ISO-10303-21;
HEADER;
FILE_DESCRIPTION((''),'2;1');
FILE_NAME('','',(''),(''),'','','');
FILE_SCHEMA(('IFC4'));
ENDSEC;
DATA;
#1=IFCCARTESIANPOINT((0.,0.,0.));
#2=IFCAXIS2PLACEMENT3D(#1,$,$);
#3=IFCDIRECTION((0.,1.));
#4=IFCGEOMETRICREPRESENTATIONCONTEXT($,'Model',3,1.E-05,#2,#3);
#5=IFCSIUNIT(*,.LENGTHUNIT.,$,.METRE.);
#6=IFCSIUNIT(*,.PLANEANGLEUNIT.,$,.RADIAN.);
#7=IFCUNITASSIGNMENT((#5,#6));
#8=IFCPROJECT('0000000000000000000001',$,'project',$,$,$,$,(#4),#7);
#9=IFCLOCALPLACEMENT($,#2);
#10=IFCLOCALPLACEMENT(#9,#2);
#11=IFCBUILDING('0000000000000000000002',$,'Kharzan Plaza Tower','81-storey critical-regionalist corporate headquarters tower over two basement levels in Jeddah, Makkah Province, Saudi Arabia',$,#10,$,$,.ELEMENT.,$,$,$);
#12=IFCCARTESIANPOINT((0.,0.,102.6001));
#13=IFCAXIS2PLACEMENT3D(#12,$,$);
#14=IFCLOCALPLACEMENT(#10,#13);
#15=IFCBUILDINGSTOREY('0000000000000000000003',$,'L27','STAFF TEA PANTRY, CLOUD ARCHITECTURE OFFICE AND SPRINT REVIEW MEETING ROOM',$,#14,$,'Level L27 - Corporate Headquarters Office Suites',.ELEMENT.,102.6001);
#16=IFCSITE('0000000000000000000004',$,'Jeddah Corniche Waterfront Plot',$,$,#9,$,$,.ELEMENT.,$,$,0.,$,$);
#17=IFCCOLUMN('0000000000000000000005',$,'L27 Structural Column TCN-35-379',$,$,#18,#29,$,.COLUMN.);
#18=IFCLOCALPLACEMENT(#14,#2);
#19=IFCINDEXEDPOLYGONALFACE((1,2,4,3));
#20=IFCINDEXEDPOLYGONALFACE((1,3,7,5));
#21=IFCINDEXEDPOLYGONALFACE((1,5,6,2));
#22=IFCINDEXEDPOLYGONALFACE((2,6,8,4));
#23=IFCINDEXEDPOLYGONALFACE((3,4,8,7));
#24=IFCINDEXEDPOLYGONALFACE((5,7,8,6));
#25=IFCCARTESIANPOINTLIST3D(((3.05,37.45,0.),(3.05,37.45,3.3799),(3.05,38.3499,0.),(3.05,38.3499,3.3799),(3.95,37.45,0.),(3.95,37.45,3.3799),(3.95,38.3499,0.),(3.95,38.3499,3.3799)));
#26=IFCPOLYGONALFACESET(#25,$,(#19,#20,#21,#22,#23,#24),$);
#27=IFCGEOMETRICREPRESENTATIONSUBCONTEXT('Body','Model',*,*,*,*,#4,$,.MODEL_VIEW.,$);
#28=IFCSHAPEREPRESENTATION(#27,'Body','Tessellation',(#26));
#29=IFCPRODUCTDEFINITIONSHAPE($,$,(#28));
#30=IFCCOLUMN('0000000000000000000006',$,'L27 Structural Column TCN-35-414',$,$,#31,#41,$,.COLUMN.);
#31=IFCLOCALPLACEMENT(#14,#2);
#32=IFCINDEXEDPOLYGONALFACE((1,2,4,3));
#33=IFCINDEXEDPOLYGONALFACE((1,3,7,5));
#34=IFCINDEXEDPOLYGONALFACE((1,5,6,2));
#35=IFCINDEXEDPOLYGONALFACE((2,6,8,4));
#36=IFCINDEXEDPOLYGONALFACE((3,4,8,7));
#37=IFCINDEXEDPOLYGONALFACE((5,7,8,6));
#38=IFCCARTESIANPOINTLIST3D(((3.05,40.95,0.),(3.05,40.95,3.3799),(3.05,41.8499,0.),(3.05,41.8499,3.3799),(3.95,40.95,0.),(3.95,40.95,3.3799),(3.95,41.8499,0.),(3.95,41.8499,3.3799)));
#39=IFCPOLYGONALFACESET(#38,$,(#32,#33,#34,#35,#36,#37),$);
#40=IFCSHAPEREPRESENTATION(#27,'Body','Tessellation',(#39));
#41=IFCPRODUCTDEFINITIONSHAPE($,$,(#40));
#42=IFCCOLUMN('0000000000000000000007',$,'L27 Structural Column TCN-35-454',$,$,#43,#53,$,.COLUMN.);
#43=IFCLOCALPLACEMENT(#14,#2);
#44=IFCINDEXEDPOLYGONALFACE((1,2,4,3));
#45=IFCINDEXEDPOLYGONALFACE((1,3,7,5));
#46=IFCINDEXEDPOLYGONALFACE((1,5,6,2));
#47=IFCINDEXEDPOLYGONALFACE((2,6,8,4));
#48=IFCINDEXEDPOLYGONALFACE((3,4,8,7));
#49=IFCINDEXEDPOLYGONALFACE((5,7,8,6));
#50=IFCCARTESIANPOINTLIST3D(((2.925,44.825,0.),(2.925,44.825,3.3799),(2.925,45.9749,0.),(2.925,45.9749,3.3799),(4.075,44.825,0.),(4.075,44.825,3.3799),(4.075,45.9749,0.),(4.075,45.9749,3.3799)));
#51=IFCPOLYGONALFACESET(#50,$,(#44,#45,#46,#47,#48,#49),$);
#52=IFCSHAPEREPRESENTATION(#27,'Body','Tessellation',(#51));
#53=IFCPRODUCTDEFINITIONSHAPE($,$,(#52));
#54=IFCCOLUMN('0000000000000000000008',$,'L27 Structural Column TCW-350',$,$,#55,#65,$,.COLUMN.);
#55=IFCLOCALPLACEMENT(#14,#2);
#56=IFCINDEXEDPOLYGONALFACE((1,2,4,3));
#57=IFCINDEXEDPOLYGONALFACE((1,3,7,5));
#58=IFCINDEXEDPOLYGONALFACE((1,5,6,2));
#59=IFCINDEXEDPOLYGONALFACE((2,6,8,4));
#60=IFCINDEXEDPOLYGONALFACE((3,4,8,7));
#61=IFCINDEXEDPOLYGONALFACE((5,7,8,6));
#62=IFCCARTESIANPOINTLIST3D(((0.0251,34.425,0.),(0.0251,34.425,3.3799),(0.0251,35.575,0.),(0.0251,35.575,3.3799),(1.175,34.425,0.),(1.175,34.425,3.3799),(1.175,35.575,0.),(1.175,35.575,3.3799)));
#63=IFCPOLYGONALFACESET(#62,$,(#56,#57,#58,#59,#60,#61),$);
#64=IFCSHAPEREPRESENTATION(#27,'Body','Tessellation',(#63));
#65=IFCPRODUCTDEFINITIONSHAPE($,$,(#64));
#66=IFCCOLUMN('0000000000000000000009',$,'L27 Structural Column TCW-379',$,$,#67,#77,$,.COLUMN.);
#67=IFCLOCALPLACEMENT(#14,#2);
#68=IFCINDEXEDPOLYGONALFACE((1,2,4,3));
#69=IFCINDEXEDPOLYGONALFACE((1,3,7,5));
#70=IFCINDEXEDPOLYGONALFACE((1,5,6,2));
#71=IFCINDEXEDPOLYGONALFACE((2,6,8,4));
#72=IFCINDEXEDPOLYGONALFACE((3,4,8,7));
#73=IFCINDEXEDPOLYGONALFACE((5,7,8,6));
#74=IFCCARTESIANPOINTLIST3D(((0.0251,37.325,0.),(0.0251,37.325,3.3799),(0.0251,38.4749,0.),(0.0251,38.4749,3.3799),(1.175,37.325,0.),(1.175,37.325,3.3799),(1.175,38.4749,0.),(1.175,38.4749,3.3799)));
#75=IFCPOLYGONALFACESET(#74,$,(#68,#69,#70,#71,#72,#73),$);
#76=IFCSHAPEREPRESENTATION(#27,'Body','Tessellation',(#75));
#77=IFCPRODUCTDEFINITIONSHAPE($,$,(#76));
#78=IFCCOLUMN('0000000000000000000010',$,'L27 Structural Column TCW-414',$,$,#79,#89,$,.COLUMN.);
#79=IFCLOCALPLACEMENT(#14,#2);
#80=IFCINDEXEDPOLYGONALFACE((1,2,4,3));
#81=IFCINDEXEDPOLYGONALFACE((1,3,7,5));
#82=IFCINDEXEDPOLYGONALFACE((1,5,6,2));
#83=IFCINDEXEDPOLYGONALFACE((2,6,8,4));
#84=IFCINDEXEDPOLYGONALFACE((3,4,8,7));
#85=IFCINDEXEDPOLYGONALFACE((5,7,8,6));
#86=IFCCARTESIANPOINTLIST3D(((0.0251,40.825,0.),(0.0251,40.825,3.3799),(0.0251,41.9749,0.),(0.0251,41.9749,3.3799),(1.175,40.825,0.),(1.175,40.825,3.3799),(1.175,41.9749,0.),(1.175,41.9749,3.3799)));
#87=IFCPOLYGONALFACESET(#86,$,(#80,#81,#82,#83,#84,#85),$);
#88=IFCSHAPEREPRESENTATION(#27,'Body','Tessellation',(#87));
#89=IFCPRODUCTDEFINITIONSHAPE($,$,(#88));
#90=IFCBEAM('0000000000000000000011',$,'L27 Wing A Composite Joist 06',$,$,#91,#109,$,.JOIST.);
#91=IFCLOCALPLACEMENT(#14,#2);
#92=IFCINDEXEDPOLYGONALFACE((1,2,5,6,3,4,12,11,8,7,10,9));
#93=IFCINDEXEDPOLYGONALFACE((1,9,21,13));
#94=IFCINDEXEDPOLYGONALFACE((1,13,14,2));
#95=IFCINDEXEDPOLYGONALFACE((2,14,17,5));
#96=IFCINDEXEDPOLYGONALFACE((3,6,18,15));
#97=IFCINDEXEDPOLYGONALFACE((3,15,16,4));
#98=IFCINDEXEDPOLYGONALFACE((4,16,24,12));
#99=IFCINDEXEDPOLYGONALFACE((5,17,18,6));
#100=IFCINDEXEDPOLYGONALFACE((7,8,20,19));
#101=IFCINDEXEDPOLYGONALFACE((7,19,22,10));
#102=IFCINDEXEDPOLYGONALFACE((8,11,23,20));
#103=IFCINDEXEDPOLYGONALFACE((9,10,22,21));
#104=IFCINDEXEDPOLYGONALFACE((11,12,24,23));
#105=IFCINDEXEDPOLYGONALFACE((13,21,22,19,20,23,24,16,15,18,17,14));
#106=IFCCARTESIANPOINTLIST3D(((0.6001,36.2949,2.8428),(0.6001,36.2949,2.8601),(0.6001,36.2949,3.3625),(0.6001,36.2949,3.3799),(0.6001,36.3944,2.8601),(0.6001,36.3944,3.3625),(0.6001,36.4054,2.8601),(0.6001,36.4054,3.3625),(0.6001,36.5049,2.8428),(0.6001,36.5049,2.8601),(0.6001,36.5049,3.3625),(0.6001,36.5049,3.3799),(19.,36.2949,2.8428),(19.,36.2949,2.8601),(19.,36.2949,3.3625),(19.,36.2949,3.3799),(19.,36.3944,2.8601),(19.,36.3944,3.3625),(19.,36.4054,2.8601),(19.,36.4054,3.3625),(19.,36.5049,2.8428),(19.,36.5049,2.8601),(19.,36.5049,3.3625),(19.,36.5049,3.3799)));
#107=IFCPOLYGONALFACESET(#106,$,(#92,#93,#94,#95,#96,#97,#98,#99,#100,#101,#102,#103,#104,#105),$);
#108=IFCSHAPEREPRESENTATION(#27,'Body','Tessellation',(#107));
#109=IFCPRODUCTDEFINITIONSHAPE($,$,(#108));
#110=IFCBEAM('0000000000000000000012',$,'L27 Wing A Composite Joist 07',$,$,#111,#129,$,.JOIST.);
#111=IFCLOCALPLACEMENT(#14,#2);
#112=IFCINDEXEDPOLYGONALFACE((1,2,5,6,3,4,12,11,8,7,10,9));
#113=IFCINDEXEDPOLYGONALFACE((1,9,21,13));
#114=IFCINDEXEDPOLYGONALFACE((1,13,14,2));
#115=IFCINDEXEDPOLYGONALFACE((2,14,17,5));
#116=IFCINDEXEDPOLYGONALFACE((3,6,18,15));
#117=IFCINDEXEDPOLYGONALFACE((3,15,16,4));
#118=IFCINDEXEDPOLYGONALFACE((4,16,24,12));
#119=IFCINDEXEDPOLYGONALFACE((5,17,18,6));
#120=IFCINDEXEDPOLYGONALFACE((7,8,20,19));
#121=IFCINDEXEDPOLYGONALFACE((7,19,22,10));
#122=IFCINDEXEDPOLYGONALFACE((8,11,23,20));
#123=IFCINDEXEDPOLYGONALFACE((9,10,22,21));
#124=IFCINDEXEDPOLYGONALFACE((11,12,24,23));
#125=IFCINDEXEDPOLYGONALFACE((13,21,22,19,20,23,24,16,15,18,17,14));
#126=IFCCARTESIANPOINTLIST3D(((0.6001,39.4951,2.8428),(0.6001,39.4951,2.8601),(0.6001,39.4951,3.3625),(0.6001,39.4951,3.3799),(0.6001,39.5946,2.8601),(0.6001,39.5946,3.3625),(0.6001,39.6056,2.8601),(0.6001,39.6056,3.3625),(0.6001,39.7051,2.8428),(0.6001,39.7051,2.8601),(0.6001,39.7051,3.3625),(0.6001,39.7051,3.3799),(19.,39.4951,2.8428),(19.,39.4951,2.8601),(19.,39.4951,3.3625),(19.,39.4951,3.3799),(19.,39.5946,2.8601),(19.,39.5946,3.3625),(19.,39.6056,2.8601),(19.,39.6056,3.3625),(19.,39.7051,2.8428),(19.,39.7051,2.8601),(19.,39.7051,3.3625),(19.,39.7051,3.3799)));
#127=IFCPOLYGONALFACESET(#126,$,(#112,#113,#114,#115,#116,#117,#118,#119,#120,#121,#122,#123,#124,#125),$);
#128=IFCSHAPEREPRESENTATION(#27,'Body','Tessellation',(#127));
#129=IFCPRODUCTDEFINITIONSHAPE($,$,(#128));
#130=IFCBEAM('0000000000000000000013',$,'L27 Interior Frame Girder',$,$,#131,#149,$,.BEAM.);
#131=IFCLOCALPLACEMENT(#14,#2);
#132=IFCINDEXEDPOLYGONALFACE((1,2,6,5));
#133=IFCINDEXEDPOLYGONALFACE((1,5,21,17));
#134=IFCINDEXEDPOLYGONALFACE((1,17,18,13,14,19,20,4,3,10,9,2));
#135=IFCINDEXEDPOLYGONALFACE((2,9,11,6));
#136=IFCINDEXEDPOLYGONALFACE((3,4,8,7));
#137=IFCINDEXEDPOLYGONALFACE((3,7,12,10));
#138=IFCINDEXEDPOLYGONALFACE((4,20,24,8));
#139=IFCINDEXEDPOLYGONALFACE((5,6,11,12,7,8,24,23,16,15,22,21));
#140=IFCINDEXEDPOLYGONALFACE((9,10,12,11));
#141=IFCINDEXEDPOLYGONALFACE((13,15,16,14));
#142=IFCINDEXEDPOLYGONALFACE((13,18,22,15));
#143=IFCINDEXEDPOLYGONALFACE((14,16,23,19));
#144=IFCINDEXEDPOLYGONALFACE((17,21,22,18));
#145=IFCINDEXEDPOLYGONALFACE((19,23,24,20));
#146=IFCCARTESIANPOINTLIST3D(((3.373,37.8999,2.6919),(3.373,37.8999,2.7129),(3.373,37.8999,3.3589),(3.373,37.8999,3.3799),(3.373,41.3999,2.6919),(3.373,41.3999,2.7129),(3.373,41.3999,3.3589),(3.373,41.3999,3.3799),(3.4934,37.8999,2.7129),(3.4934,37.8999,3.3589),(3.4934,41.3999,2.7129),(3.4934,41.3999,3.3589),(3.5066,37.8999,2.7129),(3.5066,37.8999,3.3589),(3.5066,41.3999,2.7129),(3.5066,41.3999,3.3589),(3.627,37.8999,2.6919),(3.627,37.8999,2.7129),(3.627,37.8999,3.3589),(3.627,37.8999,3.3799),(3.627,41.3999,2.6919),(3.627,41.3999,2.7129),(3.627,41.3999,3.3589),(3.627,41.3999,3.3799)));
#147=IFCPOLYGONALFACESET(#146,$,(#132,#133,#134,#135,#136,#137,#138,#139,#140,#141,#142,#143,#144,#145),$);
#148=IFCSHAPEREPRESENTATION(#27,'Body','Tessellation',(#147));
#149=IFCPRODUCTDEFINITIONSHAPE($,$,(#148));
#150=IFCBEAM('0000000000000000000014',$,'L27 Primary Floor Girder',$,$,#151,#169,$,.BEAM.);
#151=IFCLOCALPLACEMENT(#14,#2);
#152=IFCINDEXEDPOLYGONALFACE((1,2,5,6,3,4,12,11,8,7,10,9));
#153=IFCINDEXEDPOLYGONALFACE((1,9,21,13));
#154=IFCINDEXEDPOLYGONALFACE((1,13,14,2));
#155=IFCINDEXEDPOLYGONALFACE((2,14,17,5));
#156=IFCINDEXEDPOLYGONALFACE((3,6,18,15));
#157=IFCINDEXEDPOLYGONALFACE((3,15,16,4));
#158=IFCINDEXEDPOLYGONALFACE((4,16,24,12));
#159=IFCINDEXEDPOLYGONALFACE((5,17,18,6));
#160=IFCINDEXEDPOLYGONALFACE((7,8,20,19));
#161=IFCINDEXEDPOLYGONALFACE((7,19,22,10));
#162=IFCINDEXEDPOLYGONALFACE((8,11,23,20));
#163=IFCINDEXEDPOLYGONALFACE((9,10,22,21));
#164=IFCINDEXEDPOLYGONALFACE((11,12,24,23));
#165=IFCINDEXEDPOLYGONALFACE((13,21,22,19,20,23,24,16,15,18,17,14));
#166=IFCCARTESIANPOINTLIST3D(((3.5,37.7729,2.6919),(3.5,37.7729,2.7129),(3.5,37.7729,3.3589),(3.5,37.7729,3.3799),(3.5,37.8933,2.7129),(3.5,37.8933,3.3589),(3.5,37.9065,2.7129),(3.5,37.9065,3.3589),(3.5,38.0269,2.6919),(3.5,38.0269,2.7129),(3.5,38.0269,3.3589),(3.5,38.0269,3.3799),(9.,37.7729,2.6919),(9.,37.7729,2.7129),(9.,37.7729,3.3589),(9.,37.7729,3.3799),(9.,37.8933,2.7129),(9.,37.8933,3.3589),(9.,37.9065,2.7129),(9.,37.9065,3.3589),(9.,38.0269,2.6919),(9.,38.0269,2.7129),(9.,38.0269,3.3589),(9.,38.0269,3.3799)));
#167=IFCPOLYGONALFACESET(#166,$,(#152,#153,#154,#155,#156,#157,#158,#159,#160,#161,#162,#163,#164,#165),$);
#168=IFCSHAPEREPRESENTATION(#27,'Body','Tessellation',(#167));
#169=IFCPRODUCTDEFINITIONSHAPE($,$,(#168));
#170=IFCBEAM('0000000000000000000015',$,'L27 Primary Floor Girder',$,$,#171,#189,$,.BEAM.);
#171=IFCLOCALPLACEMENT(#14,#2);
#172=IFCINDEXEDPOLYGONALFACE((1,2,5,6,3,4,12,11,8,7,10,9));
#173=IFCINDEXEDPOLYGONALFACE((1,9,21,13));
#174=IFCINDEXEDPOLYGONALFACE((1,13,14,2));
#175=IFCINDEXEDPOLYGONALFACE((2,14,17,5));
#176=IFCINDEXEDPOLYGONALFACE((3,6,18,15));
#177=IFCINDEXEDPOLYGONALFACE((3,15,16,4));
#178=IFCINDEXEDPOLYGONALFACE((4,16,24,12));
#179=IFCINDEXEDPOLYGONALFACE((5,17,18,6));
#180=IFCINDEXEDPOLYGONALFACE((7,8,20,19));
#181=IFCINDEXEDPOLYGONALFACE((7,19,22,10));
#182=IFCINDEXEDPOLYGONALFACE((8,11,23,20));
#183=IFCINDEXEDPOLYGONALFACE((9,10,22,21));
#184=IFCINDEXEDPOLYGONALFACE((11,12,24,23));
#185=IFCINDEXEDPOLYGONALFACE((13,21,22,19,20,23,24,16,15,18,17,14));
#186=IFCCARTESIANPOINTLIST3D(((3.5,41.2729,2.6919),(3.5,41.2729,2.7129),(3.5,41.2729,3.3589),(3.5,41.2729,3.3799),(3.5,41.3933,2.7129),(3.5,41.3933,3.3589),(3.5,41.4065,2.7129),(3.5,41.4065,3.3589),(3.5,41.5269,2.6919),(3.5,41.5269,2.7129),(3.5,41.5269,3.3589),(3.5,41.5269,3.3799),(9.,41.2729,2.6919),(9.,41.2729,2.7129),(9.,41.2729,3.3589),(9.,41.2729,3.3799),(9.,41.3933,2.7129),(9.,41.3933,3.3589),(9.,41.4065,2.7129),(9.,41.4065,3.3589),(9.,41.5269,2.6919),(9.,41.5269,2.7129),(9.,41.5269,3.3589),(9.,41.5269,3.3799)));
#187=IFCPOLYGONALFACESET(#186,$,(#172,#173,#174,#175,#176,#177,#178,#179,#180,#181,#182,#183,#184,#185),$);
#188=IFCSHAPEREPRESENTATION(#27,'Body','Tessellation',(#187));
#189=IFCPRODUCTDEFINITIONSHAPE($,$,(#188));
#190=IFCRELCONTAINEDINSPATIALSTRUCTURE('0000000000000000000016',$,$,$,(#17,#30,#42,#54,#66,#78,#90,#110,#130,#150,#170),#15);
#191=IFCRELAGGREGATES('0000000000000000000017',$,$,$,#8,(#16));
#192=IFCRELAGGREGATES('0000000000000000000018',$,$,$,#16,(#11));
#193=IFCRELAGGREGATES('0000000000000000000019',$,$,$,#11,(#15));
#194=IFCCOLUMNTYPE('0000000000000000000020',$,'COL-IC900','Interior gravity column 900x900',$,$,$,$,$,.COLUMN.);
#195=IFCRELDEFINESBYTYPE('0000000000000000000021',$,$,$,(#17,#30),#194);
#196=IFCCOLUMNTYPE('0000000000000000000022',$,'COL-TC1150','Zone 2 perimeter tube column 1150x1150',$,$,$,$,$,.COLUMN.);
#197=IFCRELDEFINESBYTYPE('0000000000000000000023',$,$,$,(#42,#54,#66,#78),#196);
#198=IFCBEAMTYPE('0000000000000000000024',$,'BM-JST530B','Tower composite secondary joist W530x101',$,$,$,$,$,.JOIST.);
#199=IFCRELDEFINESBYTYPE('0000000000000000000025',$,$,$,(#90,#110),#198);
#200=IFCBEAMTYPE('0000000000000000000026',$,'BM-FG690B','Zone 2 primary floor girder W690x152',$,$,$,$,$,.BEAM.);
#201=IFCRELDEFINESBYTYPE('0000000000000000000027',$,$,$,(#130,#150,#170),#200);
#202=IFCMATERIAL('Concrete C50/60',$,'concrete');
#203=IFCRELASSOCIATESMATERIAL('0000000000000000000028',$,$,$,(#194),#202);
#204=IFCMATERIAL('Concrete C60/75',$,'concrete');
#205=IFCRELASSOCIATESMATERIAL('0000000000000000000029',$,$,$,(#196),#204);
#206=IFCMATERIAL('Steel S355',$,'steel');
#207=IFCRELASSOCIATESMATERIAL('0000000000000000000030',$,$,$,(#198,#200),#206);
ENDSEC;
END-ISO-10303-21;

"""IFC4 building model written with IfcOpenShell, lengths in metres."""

from ifc_helpers import new_model, si_unit, direction, frame, origin, origin_2d, place, context, subcontext, project, spatial, rectangle, i_section, extrude, source, transform, mapped, material, material_profile, profile_set, type_object, element, save


model = new_model("IFC4")

# Units and contexts
model_context = context("Model", 3, precision=1e-05, world=origin(), true_north=direction((0.0, 1.0)))
body_context = subcontext(model_context, "Body", "Model", "MODEL_VIEW")
ifc_project = project(units=[si_unit("LENGTHUNIT", "METRE"), si_unit("PLANEANGLEUNIT", "RADIAN")], contexts=[model_context])

# Site, building, storey
site_placement = place(None, origin())
site = spatial("IfcSite", under=ifc_project, at=site_placement, Name="Jeddah Corniche Waterfront Plot", CompositionType="ELEMENT", RefElevation=0.0)
building_placement = place(site_placement, origin())
building = spatial("IfcBuilding", under=site, at=building_placement, Name="Kharzan Plaza Tower", Description="81-storey critical-regionalist corporate headquarters tower over two basement levels in Jeddah, Makkah Province, Saudi Arabia", CompositionType="ELEMENT")
storey_placement = place(building_placement, frame((0.0, 0.0, 102.6001)))
storey = spatial("IfcBuildingStorey", under=building, at=storey_placement, Name="L27", Description="STAFF TEA PANTRY, CLOUD ARCHITECTURE OFFICE AND SPRINT REVIEW MEETING ROOM", LongName="Level L27 - Corporate Headquarters Office Suites", CompositionType="ELEMENT", Elevation=102.6001)

# Columns
ifc_material_1 = material(Name="Concrete C50/60", Category="concrete")
ifc_material_profile_1 = material_profile(ifc_material_1, rectangle(XDim=0.8999, YDim=0.8999, at=origin_2d()), Name="RC-IC900x900")
ifc_profile_set_1 = profile_set([ifc_material_profile_1], Name="Concrete C50/60")
column_type_1 = type_object("IfcColumnType", Name="COL-IC900", Description="Interior gravity column 900x900", PredefinedType="COLUMN", material=ifc_profile_set_1)
shared_shape_1 = source(origin(), body_context, "Body", "SweptSolid", [
    extrude(rectangle(XDim=0.8999, YDim=0.8999, at=origin_2d()), origin(), (0.0, 0.0, 1.0), 3.3799),
])
for number, where, z_axis, x_axis, name in (
    (1, (3.5, 37.8999, 0.0), (0.0, 0.0, 1.0), (1.0, 0.0, 0.0), "L27 Structural Column TCN-35-379"),
    (2, (3.5, 41.3999, 0.0), (0.0, 0.0, 1.0), (1.0, 0.0, 0.0), "L27 Structural Column TCN-35-414"),
):
    element("IfcColumn", number, at=place(storey_placement, frame(where, z_axis=z_axis, x_axis=x_axis)), inside=storey, type_object=column_type_1, Name=name, PredefinedType="COLUMN", context=body_context, shape_type="MappedRepresentation", body=[
        mapped(shared_shape_1, transform((0.0, 0.0, 0.0), x_axis=(1.0, 0.0, 0.0), y_axis=(0.0, 1.0, 0.0), z_axis=(0.0, 0.0, 1.0))),
    ])
ifc_material_2 = material(Name="Concrete C60/75", Category="concrete")
ifc_material_profile_2 = material_profile(ifc_material_2, rectangle(XDim=1.1499, YDim=1.1499, at=origin_2d()), Name="RC-TC1150x1150")
ifc_profile_set_2 = profile_set([ifc_material_profile_2], Name="Concrete C60/75")
column_type_2 = type_object("IfcColumnType", Name="COL-TC1150", Description="Zone 2 perimeter tube column 1150x1150", PredefinedType="COLUMN", material=ifc_profile_set_2)
shared_shape_2 = source(origin(), body_context, "Body", "SweptSolid", [
    extrude(rectangle(XDim=1.1499, YDim=1.1499, at=origin_2d()), origin(), (0.0, 0.0, 1.0), 3.3799),
])
for number, where, z_axis, x_axis, name in (
    (3, (3.5, 45.3999, 0.0), (0.0, 0.0, 1.0), (1.0, 0.0, 0.0), "L27 Structural Column TCN-35-454"),
    (4, (0.6001, 35.0, 0.0), (0.0, 0.0, 1.0), (1.0, 0.0, 0.0), "L27 Structural Column TCW-350"),
    (5, (0.6001, 37.8999, 0.0), (0.0, 0.0, 1.0), (1.0, 0.0, 0.0), "L27 Structural Column TCW-379"),
    (6, (0.6001, 41.3999, 0.0), (0.0, 0.0, 1.0), (1.0, 0.0, 0.0), "L27 Structural Column TCW-414"),
):
    element("IfcColumn", number, at=place(storey_placement, frame(where, z_axis=z_axis, x_axis=x_axis)), inside=storey, type_object=column_type_2, Name=name, PredefinedType="COLUMN", context=body_context, shape_type="MappedRepresentation", body=[
        mapped(shared_shape_2, transform((0.0, 0.0, 0.0), x_axis=(1.0, 0.0, 0.0), y_axis=(0.0, 1.0, 0.0), z_axis=(0.0, 0.0, 1.0))),
    ])

# Beams
ifc_material_3 = material(Name="Steel S355", Category="steel")
ifc_material_profile_3 = material_profile(ifc_material_3, i_section(OverallWidth=0.21, OverallDepth=0.5371, WebThickness=0.011, FlangeThickness=0.0173, at=origin_2d()), Name="W530x101")
ifc_profile_set_3 = profile_set([ifc_material_profile_3], Name="Steel S355")
beam_type_1 = type_object("IfcBeamType", Name="BM-JST530B", Description="Tower composite secondary joist W530x101", PredefinedType="JOIST", material=ifc_profile_set_3)
shared_shape_3 = source(origin(), body_context, "Body", "SweptSolid", [
    extrude(i_section(OverallWidth=0.21, OverallDepth=0.5371, WebThickness=0.011, FlangeThickness=0.0173, at=origin_2d()), origin(), (0.0, 0.0, 1.0), 18.3999),
])
for number, where, z_axis, x_axis, name in (
    (7, (0.6001, 36.3999, 3.1113), (1.0, 0.0, 0.0), (0.0, 1.0, 0.0), "L27 Wing A Composite Joist 06"),
    (8, (0.6001, 39.6001, 3.1113), (1.0, 0.0, 0.0), (0.0, 1.0, 0.0), "L27 Wing A Composite Joist 07"),
):
    element("IfcBeam", number, at=place(storey_placement, frame(where, z_axis=z_axis, x_axis=x_axis)), inside=storey, type_object=beam_type_1, Name=name, PredefinedType="JOIST", context=body_context, shape_type="MappedRepresentation", body=[
        mapped(shared_shape_3, transform((0.0, 0.0, 0.0), x_axis=(1.0, 0.0, 0.0), y_axis=(0.0, 1.0, 0.0), z_axis=(0.0, 0.0, 1.0))),
    ])
ifc_material_profile_4 = material_profile(ifc_material_3, i_section(OverallWidth=0.2539, OverallDepth=0.688, WebThickness=0.0132, FlangeThickness=0.021, at=origin_2d()), Name="W690x152")
ifc_profile_set_4 = profile_set([ifc_material_profile_4], Name="Steel S355")
beam_type_2 = type_object("IfcBeamType", Name="BM-FG690B", Description="Zone 2 primary floor girder W690x152", PredefinedType="BEAM", material=ifc_profile_set_4)
shared_shape_4 = source(origin(), body_context, "Body", "SweptSolid", [
    extrude(i_section(OverallWidth=0.2539, OverallDepth=0.688, WebThickness=0.0132, FlangeThickness=0.021, at=origin_2d()), origin(), (0.0, 0.0, 1.0), 3.5),
])
beam_1_placement = place(storey_placement, frame((3.5, 37.8999, 3.0359), z_axis=(0.0, 1.0, 0.0), x_axis=(-1.0, 0.0, 0.0)))
element("IfcBeam", 9, at=beam_1_placement, inside=storey, type_object=beam_type_2, Name="L27 Interior Frame Girder", PredefinedType="BEAM", context=body_context, shape_type="MappedRepresentation", body=[
    mapped(shared_shape_4, transform((0.0, 0.0, 0.0), x_axis=(1.0, 0.0, 0.0), y_axis=(0.0, 1.0, 0.0), z_axis=(0.0, 0.0, 1.0))),
])
shared_shape_5 = source(origin(), body_context, "Body", "SweptSolid", [
    extrude(i_section(OverallWidth=0.2539, OverallDepth=0.688, WebThickness=0.0132, FlangeThickness=0.021, at=origin_2d()), origin(), (0.0, 0.0, 1.0), 5.5),
])
for number, where, z_axis, x_axis, name in (
    (10, (3.5, 37.8999, 3.0359), (1.0, 0.0, 0.0), (0.0, 1.0, 0.0), "L27 Primary Floor Girder"),
    (11, (3.5, 41.3999, 3.0359), (1.0, 0.0, 0.0), (0.0, 1.0, 0.0), "L27 Primary Floor Girder"),
):
    element("IfcBeam", number, at=place(storey_placement, frame(where, z_axis=z_axis, x_axis=x_axis)), inside=storey, type_object=beam_type_2, Name=name, PredefinedType="BEAM", context=body_context, shape_type="MappedRepresentation", body=[
        mapped(shared_shape_5, transform((0.0, 0.0, 0.0), x_axis=(1.0, 0.0, 0.0), y_axis=(0.0, 1.0, 0.0), z_axis=(0.0, 0.0, 1.0))),
    ])

save(model, "model.ifc")
